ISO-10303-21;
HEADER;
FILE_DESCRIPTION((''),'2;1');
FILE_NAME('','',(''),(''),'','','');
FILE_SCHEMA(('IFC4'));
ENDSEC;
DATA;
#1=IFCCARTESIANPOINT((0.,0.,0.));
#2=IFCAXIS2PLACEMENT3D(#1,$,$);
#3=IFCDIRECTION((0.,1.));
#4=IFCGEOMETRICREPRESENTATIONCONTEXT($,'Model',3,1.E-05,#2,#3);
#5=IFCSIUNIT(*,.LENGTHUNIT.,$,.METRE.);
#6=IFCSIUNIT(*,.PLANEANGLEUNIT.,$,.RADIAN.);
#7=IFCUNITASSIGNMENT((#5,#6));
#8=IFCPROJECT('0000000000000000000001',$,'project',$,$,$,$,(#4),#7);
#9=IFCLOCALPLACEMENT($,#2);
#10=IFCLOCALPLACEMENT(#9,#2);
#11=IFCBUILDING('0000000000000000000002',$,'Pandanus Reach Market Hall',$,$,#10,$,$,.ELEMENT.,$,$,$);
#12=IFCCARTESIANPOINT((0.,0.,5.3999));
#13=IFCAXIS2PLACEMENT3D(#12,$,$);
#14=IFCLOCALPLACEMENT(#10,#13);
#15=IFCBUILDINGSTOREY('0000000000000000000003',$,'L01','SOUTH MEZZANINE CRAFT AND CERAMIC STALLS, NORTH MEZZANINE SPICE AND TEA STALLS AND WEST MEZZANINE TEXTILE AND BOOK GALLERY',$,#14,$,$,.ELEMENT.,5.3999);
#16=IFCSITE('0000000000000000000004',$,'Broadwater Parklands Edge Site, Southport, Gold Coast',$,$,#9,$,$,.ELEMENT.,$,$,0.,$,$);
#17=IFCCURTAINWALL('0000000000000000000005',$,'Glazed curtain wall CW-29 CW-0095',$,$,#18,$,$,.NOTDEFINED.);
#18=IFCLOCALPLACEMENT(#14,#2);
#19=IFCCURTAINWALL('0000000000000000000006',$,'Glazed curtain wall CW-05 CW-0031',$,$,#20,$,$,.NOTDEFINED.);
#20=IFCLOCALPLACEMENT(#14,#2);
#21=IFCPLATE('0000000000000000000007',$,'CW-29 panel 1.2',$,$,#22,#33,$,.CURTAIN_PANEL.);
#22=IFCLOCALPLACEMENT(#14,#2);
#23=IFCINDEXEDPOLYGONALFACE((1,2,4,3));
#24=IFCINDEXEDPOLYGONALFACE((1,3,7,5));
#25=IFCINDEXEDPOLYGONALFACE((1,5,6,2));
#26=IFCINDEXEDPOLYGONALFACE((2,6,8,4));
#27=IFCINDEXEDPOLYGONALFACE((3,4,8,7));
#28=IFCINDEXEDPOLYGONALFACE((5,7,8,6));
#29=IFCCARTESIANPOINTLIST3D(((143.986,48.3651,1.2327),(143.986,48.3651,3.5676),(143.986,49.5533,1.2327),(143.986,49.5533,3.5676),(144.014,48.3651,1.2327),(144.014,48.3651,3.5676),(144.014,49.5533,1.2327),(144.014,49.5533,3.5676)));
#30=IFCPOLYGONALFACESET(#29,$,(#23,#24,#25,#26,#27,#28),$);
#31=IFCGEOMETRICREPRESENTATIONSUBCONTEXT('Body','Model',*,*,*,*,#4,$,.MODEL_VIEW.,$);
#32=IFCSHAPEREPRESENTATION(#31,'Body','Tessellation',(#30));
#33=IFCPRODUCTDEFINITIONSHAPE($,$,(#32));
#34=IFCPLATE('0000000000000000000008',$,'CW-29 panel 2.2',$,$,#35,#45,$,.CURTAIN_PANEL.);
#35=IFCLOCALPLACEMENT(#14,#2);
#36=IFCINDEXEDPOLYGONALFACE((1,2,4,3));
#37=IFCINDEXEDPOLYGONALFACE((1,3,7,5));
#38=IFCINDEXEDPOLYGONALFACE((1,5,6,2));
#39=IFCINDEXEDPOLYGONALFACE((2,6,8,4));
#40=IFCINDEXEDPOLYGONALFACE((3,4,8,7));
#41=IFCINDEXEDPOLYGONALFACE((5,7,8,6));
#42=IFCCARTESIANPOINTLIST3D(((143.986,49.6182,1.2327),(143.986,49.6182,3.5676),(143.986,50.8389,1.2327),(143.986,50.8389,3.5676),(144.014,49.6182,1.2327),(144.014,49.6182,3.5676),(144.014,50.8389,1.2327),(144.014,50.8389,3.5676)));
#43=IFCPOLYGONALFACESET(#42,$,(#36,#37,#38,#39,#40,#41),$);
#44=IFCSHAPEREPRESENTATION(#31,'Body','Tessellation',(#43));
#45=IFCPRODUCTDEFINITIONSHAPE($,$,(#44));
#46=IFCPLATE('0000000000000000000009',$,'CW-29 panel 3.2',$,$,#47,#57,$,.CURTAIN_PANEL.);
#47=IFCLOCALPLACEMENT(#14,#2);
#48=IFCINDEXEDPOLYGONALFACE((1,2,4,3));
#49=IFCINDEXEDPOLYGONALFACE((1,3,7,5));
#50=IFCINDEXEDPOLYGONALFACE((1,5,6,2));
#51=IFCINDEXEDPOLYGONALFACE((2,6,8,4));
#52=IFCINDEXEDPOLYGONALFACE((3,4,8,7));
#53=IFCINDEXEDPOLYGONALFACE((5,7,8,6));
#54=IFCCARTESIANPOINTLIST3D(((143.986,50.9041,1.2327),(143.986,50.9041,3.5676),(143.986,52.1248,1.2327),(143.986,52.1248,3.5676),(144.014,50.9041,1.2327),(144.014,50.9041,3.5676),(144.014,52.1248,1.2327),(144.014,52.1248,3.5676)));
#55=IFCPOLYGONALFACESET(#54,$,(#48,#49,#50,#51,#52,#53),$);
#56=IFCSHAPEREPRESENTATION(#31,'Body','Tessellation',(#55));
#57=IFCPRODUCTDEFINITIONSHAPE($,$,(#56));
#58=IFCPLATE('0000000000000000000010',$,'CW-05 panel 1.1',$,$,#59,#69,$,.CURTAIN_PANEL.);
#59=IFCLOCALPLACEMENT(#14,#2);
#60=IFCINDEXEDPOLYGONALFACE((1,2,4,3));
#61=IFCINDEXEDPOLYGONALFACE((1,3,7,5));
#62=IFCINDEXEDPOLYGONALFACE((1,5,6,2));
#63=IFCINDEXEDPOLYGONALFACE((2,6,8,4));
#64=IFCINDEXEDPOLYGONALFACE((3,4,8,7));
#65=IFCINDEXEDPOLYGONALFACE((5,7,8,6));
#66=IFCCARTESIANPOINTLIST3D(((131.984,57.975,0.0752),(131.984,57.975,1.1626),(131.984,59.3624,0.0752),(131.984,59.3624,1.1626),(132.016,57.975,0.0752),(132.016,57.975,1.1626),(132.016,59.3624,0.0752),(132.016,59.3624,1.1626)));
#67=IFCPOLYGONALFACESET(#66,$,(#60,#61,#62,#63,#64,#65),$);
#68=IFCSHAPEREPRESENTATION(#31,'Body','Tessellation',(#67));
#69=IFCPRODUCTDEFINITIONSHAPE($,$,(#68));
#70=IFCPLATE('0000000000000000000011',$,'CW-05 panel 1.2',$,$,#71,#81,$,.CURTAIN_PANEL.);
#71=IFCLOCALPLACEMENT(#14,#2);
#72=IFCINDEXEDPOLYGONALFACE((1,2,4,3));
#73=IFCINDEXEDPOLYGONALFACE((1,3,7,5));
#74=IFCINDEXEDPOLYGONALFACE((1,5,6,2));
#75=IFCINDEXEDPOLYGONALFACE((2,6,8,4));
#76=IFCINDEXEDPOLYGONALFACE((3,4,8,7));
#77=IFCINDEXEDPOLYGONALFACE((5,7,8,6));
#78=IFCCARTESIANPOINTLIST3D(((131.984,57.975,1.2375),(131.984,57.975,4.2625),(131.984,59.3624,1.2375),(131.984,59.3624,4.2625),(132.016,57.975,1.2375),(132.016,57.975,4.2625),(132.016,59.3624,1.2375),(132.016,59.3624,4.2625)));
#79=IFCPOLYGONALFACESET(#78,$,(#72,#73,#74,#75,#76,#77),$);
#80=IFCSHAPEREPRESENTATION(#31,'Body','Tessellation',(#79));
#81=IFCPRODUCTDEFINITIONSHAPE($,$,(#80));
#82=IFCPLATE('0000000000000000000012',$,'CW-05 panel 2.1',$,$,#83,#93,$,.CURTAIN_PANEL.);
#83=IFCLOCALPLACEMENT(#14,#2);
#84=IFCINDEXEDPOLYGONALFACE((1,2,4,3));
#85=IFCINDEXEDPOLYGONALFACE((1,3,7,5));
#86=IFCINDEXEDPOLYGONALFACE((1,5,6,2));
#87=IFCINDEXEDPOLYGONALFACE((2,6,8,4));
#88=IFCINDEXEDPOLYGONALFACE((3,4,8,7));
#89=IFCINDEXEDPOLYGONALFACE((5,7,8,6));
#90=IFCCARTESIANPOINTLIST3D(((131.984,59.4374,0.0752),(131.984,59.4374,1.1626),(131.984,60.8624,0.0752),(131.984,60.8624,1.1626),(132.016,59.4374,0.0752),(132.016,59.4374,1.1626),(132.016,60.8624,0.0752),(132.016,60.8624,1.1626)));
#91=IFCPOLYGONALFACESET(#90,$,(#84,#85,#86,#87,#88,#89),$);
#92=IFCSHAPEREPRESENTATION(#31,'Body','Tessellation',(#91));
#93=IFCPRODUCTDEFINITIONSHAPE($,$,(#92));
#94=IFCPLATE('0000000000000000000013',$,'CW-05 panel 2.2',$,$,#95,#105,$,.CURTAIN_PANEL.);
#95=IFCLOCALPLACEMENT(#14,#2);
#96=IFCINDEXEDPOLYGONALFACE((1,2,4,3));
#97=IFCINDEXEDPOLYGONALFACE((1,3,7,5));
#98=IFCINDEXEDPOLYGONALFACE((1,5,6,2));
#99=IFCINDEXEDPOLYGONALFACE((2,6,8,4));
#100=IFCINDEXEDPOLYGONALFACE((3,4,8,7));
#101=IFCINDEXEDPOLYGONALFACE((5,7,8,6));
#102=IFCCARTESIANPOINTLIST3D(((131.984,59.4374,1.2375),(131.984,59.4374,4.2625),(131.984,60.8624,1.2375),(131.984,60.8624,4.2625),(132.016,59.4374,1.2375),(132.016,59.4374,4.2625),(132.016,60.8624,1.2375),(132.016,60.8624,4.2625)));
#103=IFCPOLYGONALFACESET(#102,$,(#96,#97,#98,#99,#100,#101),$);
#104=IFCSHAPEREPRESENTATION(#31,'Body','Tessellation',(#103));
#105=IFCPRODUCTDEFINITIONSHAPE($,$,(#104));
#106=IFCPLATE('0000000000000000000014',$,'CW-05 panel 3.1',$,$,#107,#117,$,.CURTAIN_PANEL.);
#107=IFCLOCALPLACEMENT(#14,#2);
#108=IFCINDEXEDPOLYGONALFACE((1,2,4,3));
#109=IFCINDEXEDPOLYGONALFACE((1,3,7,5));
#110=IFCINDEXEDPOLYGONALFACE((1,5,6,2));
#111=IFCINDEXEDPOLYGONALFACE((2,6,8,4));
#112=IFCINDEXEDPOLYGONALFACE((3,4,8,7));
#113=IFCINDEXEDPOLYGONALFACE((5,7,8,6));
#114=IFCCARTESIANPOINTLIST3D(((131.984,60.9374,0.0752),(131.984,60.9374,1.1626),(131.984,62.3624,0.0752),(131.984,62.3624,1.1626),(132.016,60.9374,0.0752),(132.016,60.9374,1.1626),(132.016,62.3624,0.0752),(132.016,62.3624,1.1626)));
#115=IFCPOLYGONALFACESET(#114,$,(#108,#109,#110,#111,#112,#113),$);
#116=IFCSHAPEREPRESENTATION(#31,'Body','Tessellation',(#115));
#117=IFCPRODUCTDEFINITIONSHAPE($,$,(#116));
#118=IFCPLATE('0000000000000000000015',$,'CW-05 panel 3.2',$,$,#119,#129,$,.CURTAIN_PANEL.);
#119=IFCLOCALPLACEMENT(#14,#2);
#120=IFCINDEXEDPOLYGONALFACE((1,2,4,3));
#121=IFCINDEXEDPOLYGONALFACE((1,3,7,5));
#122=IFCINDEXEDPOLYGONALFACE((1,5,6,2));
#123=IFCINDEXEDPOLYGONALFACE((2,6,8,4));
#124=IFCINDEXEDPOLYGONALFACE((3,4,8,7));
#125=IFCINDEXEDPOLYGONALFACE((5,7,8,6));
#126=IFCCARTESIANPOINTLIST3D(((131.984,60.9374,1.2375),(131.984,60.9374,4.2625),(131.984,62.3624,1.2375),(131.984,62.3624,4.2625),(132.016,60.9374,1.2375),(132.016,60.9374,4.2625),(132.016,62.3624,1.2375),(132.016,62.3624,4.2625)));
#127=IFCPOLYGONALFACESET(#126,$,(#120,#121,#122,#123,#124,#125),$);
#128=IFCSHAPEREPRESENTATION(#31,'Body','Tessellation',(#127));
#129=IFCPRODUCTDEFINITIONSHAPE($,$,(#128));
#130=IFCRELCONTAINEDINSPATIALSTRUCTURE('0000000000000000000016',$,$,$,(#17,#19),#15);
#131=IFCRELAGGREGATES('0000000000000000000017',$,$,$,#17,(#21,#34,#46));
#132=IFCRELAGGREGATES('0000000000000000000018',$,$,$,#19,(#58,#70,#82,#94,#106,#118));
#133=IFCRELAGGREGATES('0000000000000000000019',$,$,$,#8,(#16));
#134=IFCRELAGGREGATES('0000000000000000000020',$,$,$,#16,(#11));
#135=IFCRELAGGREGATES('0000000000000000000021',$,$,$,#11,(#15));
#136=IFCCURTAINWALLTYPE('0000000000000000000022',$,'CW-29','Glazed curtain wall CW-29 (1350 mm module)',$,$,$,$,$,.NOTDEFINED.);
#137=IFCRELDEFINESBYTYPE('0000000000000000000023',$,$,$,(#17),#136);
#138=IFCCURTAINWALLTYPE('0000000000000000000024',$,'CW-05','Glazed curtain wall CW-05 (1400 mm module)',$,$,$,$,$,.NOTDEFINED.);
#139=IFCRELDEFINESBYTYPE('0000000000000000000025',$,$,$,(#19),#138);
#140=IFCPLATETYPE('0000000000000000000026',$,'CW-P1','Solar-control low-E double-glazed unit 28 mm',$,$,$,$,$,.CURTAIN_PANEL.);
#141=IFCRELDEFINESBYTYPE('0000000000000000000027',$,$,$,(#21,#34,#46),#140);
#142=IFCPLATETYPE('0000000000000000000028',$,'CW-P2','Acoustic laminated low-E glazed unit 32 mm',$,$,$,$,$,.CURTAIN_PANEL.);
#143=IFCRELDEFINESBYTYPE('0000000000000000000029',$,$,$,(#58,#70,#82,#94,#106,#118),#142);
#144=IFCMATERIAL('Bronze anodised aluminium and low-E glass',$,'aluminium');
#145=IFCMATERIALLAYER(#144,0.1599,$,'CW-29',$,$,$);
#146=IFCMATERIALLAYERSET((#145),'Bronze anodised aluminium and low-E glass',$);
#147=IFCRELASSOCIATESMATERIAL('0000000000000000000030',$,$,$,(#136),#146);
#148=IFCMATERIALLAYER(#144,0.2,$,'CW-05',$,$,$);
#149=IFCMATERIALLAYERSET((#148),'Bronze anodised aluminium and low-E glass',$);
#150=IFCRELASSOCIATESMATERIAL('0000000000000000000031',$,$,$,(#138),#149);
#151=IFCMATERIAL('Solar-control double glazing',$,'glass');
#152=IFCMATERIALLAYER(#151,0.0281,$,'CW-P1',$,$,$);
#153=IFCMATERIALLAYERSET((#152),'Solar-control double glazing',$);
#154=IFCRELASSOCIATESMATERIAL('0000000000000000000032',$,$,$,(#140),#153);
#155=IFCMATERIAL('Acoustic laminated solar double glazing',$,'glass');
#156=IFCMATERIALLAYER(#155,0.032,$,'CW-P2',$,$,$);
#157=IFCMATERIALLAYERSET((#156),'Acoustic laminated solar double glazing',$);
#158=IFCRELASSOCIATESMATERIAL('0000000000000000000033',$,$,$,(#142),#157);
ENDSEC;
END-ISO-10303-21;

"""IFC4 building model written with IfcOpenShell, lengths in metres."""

from ifc_helpers import new_model, si_unit, direction, frame, origin, origin_2d, place, context, subcontext, project, spatial, rectangle, extrude, material, layer, layer_set, type_object, element, aggregate, save


model = new_model("IFC4")

# Units and contexts
model_context = context("Model", 3, precision=1e-05, world=origin(), true_north=direction((0.0, 1.0)))
body_context = subcontext(model_context, "Body", "Model", "MODEL_VIEW")
ifc_project = project(units=[si_unit("LENGTHUNIT", "METRE"), si_unit("PLANEANGLEUNIT", "RADIAN")], contexts=[model_context])

# Site, building, storey
site_placement = place(None, origin())
site = spatial("IfcSite", under=ifc_project, at=site_placement, Name="Broadwater Parklands Edge Site, Southport, Gold Coast", CompositionType="ELEMENT", RefElevation=0.0)
building_placement = place(site_placement, origin())
building = spatial("IfcBuilding", under=site, at=building_placement, Name="Pandanus Reach Market Hall", CompositionType="ELEMENT")
storey_placement = place(building_placement, frame((0.0, 0.0, 5.3999)))
storey = spatial("IfcBuildingStorey", under=building, at=storey_placement, Name="L01", Description="SOUTH MEZZANINE CRAFT AND CERAMIC STALLS, NORTH MEZZANINE SPICE AND TEA STALLS AND WEST MEZZANINE TEXTILE AND BOOK GALLERY", CompositionType="ELEMENT", Elevation=5.3999)

# Curtain walls
ifc_material_1 = material(Name="Bronze anodised aluminium and low-E glass", Category="aluminium")
ifc_layer_1 = layer(ifc_material_1, 0.1599, Name="CW-29")
ifc_layer_set_1 = layer_set([ifc_layer_1], Name="Bronze anodised aluminium and low-E glass")
curtain_wall_type_1 = type_object("IfcCurtainWallType", Name="CW-29", Description="Glazed curtain wall CW-29 (1350 mm module)", PredefinedType="NOTDEFINED", material=ifc_layer_set_1)
curtain_wall_1_placement = place(storey_placement, origin())
curtain_wall_1 = element("IfcCurtainWall", 1, at=curtain_wall_1_placement, inside=storey, type_object=curtain_wall_type_1, Name="Glazed curtain wall CW-29 CW-0095", PredefinedType="NOTDEFINED")
ifc_layer_2 = layer(ifc_material_1, 0.2, Name="CW-05")
ifc_layer_set_2 = layer_set([ifc_layer_2], Name="Bronze anodised aluminium and low-E glass")
curtain_wall_type_2 = type_object("IfcCurtainWallType", Name="CW-05", Description="Glazed curtain wall CW-05 (1400 mm module)", PredefinedType="NOTDEFINED", material=ifc_layer_set_2)
curtain_wall_2_placement = place(storey_placement, origin())
curtain_wall_2 = element("IfcCurtainWall", 2, at=curtain_wall_2_placement, inside=storey, type_object=curtain_wall_type_2, Name="Glazed curtain wall CW-05 CW-0031", PredefinedType="NOTDEFINED")

# Shared definitions
ifc_material_2 = material(Name="Solar-control double glazing", Category="glass")
ifc_layer_3 = layer(ifc_material_2, 0.0281, Name="CW-P1")
ifc_layer_set_3 = layer_set([ifc_layer_3], Name="Solar-control double glazing")
plate_type_1 = type_object("IfcPlateType", Name="CW-P1", Description="Solar-control low-E double-glazed unit 28 mm", PredefinedType="CURTAIN_PANEL", material=ifc_layer_set_3)

# Plates
plate_1_placement = place(storey_placement, frame((144.0, 48.9592, 1.2327), z_axis=(0.0, 0.0, 1.0), x_axis=(0.0, 1.0, 0.0)))
plate_1 = element("IfcPlate", 3, at=plate_1_placement, type_object=plate_type_1, Name="CW-29 panel 1.2", PredefinedType="CURTAIN_PANEL", context=body_context, shape_type="SweptSolid", body=[
    extrude(rectangle(XDim=1.1882, YDim=0.0281, at=origin_2d()), origin(), (0.0, 0.0, 1.0), 2.335),
])
plate_2_placement = place(storey_placement, frame((144.0, 50.2285, 1.2327), z_axis=(0.0, 0.0, 1.0), x_axis=(0.0, 1.0, 0.0)))
plate_2 = element("IfcPlate", 4, at=plate_2_placement, type_object=plate_type_1, Name="CW-29 panel 2.2", PredefinedType="CURTAIN_PANEL", context=body_context, shape_type="SweptSolid", body=[
    extrude(rectangle(XDim=1.2207, YDim=0.0281, at=origin_2d()), origin(), (0.0, 0.0, 1.0), 2.335),
])
plate_3_placement = place(storey_placement, frame((144.0, 51.5144, 1.2327), z_axis=(0.0, 0.0, 1.0), x_axis=(0.0, 1.0, 0.0)))
plate_3 = element("IfcPlate", 5, at=plate_3_placement, type_object=plate_type_1, Name="CW-29 panel 3.2", PredefinedType="CURTAIN_PANEL", context=body_context, shape_type="SweptSolid", body=[
    extrude(rectangle(XDim=1.2207, YDim=0.0281, at=origin_2d()), origin(), (0.0, 0.0, 1.0), 2.335),
])
aggregate(curtain_wall_1, [plate_1, plate_2, plate_3])
ifc_material_3 = material(Name="Acoustic laminated solar double glazing", Category="glass")
ifc_layer_4 = layer(ifc_material_3, 0.032, Name="CW-P2")
ifc_layer_set_4 = layer_set([ifc_layer_4], Name="Acoustic laminated solar double glazing")
plate_type_2 = type_object("IfcPlateType", Name="CW-P2", Description="Acoustic laminated low-E glazed unit 32 mm", PredefinedType="CURTAIN_PANEL", material=ifc_layer_set_4)
plate_4_placement = place(storey_placement, frame((132.0, 58.6687, 0.0752), z_axis=(0.0, 0.0, 1.0), x_axis=(0.0, 1.0, 0.0)))
plate_4 = element("IfcPlate", 6, at=plate_4_placement, type_object=plate_type_2, Name="CW-05 panel 1.1", PredefinedType="CURTAIN_PANEL", context=body_context, shape_type="SweptSolid", body=[
    extrude(rectangle(XDim=1.3875, YDim=0.032, at=origin_2d()), origin(), (0.0, 0.0, 1.0), 1.0874),
])
plate_5_placement = place(storey_placement, frame((132.0, 58.6687, 1.2375), z_axis=(0.0, 0.0, 1.0), x_axis=(0.0, 1.0, 0.0)))
plate_5 = element("IfcPlate", 7, at=plate_5_placement, type_object=plate_type_2, Name="CW-05 panel 1.2", PredefinedType="CURTAIN_PANEL", context=body_context, shape_type="SweptSolid", body=[
    extrude(rectangle(XDim=1.3875, YDim=0.032, at=origin_2d()), origin(), (0.0, 0.0, 1.0), 3.0249),
])
plate_6_placement = place(storey_placement, frame((132.0, 60.1499, 0.0752), z_axis=(0.0, 0.0, 1.0), x_axis=(0.0, 1.0, 0.0)))
plate_6 = element("IfcPlate", 8, at=plate_6_placement, type_object=plate_type_2, Name="CW-05 panel 2.1", PredefinedType="CURTAIN_PANEL", context=body_context, shape_type="SweptSolid", body=[
    extrude(rectangle(XDim=1.425, YDim=0.032, at=origin_2d()), origin(), (0.0, 0.0, 1.0), 1.0874),
])
plate_7_placement = place(storey_placement, frame((132.0, 60.1499, 1.2375), z_axis=(0.0, 0.0, 1.0), x_axis=(0.0, 1.0, 0.0)))
plate_7 = element("IfcPlate", 9, at=plate_7_placement, type_object=plate_type_2, Name="CW-05 panel 2.2", PredefinedType="CURTAIN_PANEL", context=body_context, shape_type="SweptSolid", body=[
    extrude(rectangle(XDim=1.425, YDim=0.032, at=origin_2d()), origin(), (0.0, 0.0, 1.0), 3.0249),
])
plate_8_placement = place(storey_placement, frame((132.0, 61.6499, 0.0752), z_axis=(0.0, 0.0, 1.0), x_axis=(0.0, 1.0, 0.0)))
plate_8 = element("IfcPlate", 10, at=plate_8_placement, type_object=plate_type_2, Name="CW-05 panel 3.1", PredefinedType="CURTAIN_PANEL", context=body_context, shape_type="SweptSolid", body=[
    extrude(rectangle(XDim=1.425, YDim=0.032, at=origin_2d()), origin(), (0.0, 0.0, 1.0), 1.0874),
])
plate_9_placement = place(storey_placement, frame((132.0, 61.6499, 1.2375), z_axis=(0.0, 0.0, 1.0), x_axis=(0.0, 1.0, 0.0)))
plate_9 = element("IfcPlate", 11, at=plate_9_placement, type_object=plate_type_2, Name="CW-05 panel 3.2", PredefinedType="CURTAIN_PANEL", context=body_context, shape_type="SweptSolid", body=[
    extrude(rectangle(XDim=1.425, YDim=0.032, at=origin_2d()), origin(), (0.0, 0.0, 1.0), 3.0249),
])
aggregate(curtain_wall_2, [plate_4, plate_5, plate_6, plate_7, plate_8, plate_9])

save(model, "model.ifc")
